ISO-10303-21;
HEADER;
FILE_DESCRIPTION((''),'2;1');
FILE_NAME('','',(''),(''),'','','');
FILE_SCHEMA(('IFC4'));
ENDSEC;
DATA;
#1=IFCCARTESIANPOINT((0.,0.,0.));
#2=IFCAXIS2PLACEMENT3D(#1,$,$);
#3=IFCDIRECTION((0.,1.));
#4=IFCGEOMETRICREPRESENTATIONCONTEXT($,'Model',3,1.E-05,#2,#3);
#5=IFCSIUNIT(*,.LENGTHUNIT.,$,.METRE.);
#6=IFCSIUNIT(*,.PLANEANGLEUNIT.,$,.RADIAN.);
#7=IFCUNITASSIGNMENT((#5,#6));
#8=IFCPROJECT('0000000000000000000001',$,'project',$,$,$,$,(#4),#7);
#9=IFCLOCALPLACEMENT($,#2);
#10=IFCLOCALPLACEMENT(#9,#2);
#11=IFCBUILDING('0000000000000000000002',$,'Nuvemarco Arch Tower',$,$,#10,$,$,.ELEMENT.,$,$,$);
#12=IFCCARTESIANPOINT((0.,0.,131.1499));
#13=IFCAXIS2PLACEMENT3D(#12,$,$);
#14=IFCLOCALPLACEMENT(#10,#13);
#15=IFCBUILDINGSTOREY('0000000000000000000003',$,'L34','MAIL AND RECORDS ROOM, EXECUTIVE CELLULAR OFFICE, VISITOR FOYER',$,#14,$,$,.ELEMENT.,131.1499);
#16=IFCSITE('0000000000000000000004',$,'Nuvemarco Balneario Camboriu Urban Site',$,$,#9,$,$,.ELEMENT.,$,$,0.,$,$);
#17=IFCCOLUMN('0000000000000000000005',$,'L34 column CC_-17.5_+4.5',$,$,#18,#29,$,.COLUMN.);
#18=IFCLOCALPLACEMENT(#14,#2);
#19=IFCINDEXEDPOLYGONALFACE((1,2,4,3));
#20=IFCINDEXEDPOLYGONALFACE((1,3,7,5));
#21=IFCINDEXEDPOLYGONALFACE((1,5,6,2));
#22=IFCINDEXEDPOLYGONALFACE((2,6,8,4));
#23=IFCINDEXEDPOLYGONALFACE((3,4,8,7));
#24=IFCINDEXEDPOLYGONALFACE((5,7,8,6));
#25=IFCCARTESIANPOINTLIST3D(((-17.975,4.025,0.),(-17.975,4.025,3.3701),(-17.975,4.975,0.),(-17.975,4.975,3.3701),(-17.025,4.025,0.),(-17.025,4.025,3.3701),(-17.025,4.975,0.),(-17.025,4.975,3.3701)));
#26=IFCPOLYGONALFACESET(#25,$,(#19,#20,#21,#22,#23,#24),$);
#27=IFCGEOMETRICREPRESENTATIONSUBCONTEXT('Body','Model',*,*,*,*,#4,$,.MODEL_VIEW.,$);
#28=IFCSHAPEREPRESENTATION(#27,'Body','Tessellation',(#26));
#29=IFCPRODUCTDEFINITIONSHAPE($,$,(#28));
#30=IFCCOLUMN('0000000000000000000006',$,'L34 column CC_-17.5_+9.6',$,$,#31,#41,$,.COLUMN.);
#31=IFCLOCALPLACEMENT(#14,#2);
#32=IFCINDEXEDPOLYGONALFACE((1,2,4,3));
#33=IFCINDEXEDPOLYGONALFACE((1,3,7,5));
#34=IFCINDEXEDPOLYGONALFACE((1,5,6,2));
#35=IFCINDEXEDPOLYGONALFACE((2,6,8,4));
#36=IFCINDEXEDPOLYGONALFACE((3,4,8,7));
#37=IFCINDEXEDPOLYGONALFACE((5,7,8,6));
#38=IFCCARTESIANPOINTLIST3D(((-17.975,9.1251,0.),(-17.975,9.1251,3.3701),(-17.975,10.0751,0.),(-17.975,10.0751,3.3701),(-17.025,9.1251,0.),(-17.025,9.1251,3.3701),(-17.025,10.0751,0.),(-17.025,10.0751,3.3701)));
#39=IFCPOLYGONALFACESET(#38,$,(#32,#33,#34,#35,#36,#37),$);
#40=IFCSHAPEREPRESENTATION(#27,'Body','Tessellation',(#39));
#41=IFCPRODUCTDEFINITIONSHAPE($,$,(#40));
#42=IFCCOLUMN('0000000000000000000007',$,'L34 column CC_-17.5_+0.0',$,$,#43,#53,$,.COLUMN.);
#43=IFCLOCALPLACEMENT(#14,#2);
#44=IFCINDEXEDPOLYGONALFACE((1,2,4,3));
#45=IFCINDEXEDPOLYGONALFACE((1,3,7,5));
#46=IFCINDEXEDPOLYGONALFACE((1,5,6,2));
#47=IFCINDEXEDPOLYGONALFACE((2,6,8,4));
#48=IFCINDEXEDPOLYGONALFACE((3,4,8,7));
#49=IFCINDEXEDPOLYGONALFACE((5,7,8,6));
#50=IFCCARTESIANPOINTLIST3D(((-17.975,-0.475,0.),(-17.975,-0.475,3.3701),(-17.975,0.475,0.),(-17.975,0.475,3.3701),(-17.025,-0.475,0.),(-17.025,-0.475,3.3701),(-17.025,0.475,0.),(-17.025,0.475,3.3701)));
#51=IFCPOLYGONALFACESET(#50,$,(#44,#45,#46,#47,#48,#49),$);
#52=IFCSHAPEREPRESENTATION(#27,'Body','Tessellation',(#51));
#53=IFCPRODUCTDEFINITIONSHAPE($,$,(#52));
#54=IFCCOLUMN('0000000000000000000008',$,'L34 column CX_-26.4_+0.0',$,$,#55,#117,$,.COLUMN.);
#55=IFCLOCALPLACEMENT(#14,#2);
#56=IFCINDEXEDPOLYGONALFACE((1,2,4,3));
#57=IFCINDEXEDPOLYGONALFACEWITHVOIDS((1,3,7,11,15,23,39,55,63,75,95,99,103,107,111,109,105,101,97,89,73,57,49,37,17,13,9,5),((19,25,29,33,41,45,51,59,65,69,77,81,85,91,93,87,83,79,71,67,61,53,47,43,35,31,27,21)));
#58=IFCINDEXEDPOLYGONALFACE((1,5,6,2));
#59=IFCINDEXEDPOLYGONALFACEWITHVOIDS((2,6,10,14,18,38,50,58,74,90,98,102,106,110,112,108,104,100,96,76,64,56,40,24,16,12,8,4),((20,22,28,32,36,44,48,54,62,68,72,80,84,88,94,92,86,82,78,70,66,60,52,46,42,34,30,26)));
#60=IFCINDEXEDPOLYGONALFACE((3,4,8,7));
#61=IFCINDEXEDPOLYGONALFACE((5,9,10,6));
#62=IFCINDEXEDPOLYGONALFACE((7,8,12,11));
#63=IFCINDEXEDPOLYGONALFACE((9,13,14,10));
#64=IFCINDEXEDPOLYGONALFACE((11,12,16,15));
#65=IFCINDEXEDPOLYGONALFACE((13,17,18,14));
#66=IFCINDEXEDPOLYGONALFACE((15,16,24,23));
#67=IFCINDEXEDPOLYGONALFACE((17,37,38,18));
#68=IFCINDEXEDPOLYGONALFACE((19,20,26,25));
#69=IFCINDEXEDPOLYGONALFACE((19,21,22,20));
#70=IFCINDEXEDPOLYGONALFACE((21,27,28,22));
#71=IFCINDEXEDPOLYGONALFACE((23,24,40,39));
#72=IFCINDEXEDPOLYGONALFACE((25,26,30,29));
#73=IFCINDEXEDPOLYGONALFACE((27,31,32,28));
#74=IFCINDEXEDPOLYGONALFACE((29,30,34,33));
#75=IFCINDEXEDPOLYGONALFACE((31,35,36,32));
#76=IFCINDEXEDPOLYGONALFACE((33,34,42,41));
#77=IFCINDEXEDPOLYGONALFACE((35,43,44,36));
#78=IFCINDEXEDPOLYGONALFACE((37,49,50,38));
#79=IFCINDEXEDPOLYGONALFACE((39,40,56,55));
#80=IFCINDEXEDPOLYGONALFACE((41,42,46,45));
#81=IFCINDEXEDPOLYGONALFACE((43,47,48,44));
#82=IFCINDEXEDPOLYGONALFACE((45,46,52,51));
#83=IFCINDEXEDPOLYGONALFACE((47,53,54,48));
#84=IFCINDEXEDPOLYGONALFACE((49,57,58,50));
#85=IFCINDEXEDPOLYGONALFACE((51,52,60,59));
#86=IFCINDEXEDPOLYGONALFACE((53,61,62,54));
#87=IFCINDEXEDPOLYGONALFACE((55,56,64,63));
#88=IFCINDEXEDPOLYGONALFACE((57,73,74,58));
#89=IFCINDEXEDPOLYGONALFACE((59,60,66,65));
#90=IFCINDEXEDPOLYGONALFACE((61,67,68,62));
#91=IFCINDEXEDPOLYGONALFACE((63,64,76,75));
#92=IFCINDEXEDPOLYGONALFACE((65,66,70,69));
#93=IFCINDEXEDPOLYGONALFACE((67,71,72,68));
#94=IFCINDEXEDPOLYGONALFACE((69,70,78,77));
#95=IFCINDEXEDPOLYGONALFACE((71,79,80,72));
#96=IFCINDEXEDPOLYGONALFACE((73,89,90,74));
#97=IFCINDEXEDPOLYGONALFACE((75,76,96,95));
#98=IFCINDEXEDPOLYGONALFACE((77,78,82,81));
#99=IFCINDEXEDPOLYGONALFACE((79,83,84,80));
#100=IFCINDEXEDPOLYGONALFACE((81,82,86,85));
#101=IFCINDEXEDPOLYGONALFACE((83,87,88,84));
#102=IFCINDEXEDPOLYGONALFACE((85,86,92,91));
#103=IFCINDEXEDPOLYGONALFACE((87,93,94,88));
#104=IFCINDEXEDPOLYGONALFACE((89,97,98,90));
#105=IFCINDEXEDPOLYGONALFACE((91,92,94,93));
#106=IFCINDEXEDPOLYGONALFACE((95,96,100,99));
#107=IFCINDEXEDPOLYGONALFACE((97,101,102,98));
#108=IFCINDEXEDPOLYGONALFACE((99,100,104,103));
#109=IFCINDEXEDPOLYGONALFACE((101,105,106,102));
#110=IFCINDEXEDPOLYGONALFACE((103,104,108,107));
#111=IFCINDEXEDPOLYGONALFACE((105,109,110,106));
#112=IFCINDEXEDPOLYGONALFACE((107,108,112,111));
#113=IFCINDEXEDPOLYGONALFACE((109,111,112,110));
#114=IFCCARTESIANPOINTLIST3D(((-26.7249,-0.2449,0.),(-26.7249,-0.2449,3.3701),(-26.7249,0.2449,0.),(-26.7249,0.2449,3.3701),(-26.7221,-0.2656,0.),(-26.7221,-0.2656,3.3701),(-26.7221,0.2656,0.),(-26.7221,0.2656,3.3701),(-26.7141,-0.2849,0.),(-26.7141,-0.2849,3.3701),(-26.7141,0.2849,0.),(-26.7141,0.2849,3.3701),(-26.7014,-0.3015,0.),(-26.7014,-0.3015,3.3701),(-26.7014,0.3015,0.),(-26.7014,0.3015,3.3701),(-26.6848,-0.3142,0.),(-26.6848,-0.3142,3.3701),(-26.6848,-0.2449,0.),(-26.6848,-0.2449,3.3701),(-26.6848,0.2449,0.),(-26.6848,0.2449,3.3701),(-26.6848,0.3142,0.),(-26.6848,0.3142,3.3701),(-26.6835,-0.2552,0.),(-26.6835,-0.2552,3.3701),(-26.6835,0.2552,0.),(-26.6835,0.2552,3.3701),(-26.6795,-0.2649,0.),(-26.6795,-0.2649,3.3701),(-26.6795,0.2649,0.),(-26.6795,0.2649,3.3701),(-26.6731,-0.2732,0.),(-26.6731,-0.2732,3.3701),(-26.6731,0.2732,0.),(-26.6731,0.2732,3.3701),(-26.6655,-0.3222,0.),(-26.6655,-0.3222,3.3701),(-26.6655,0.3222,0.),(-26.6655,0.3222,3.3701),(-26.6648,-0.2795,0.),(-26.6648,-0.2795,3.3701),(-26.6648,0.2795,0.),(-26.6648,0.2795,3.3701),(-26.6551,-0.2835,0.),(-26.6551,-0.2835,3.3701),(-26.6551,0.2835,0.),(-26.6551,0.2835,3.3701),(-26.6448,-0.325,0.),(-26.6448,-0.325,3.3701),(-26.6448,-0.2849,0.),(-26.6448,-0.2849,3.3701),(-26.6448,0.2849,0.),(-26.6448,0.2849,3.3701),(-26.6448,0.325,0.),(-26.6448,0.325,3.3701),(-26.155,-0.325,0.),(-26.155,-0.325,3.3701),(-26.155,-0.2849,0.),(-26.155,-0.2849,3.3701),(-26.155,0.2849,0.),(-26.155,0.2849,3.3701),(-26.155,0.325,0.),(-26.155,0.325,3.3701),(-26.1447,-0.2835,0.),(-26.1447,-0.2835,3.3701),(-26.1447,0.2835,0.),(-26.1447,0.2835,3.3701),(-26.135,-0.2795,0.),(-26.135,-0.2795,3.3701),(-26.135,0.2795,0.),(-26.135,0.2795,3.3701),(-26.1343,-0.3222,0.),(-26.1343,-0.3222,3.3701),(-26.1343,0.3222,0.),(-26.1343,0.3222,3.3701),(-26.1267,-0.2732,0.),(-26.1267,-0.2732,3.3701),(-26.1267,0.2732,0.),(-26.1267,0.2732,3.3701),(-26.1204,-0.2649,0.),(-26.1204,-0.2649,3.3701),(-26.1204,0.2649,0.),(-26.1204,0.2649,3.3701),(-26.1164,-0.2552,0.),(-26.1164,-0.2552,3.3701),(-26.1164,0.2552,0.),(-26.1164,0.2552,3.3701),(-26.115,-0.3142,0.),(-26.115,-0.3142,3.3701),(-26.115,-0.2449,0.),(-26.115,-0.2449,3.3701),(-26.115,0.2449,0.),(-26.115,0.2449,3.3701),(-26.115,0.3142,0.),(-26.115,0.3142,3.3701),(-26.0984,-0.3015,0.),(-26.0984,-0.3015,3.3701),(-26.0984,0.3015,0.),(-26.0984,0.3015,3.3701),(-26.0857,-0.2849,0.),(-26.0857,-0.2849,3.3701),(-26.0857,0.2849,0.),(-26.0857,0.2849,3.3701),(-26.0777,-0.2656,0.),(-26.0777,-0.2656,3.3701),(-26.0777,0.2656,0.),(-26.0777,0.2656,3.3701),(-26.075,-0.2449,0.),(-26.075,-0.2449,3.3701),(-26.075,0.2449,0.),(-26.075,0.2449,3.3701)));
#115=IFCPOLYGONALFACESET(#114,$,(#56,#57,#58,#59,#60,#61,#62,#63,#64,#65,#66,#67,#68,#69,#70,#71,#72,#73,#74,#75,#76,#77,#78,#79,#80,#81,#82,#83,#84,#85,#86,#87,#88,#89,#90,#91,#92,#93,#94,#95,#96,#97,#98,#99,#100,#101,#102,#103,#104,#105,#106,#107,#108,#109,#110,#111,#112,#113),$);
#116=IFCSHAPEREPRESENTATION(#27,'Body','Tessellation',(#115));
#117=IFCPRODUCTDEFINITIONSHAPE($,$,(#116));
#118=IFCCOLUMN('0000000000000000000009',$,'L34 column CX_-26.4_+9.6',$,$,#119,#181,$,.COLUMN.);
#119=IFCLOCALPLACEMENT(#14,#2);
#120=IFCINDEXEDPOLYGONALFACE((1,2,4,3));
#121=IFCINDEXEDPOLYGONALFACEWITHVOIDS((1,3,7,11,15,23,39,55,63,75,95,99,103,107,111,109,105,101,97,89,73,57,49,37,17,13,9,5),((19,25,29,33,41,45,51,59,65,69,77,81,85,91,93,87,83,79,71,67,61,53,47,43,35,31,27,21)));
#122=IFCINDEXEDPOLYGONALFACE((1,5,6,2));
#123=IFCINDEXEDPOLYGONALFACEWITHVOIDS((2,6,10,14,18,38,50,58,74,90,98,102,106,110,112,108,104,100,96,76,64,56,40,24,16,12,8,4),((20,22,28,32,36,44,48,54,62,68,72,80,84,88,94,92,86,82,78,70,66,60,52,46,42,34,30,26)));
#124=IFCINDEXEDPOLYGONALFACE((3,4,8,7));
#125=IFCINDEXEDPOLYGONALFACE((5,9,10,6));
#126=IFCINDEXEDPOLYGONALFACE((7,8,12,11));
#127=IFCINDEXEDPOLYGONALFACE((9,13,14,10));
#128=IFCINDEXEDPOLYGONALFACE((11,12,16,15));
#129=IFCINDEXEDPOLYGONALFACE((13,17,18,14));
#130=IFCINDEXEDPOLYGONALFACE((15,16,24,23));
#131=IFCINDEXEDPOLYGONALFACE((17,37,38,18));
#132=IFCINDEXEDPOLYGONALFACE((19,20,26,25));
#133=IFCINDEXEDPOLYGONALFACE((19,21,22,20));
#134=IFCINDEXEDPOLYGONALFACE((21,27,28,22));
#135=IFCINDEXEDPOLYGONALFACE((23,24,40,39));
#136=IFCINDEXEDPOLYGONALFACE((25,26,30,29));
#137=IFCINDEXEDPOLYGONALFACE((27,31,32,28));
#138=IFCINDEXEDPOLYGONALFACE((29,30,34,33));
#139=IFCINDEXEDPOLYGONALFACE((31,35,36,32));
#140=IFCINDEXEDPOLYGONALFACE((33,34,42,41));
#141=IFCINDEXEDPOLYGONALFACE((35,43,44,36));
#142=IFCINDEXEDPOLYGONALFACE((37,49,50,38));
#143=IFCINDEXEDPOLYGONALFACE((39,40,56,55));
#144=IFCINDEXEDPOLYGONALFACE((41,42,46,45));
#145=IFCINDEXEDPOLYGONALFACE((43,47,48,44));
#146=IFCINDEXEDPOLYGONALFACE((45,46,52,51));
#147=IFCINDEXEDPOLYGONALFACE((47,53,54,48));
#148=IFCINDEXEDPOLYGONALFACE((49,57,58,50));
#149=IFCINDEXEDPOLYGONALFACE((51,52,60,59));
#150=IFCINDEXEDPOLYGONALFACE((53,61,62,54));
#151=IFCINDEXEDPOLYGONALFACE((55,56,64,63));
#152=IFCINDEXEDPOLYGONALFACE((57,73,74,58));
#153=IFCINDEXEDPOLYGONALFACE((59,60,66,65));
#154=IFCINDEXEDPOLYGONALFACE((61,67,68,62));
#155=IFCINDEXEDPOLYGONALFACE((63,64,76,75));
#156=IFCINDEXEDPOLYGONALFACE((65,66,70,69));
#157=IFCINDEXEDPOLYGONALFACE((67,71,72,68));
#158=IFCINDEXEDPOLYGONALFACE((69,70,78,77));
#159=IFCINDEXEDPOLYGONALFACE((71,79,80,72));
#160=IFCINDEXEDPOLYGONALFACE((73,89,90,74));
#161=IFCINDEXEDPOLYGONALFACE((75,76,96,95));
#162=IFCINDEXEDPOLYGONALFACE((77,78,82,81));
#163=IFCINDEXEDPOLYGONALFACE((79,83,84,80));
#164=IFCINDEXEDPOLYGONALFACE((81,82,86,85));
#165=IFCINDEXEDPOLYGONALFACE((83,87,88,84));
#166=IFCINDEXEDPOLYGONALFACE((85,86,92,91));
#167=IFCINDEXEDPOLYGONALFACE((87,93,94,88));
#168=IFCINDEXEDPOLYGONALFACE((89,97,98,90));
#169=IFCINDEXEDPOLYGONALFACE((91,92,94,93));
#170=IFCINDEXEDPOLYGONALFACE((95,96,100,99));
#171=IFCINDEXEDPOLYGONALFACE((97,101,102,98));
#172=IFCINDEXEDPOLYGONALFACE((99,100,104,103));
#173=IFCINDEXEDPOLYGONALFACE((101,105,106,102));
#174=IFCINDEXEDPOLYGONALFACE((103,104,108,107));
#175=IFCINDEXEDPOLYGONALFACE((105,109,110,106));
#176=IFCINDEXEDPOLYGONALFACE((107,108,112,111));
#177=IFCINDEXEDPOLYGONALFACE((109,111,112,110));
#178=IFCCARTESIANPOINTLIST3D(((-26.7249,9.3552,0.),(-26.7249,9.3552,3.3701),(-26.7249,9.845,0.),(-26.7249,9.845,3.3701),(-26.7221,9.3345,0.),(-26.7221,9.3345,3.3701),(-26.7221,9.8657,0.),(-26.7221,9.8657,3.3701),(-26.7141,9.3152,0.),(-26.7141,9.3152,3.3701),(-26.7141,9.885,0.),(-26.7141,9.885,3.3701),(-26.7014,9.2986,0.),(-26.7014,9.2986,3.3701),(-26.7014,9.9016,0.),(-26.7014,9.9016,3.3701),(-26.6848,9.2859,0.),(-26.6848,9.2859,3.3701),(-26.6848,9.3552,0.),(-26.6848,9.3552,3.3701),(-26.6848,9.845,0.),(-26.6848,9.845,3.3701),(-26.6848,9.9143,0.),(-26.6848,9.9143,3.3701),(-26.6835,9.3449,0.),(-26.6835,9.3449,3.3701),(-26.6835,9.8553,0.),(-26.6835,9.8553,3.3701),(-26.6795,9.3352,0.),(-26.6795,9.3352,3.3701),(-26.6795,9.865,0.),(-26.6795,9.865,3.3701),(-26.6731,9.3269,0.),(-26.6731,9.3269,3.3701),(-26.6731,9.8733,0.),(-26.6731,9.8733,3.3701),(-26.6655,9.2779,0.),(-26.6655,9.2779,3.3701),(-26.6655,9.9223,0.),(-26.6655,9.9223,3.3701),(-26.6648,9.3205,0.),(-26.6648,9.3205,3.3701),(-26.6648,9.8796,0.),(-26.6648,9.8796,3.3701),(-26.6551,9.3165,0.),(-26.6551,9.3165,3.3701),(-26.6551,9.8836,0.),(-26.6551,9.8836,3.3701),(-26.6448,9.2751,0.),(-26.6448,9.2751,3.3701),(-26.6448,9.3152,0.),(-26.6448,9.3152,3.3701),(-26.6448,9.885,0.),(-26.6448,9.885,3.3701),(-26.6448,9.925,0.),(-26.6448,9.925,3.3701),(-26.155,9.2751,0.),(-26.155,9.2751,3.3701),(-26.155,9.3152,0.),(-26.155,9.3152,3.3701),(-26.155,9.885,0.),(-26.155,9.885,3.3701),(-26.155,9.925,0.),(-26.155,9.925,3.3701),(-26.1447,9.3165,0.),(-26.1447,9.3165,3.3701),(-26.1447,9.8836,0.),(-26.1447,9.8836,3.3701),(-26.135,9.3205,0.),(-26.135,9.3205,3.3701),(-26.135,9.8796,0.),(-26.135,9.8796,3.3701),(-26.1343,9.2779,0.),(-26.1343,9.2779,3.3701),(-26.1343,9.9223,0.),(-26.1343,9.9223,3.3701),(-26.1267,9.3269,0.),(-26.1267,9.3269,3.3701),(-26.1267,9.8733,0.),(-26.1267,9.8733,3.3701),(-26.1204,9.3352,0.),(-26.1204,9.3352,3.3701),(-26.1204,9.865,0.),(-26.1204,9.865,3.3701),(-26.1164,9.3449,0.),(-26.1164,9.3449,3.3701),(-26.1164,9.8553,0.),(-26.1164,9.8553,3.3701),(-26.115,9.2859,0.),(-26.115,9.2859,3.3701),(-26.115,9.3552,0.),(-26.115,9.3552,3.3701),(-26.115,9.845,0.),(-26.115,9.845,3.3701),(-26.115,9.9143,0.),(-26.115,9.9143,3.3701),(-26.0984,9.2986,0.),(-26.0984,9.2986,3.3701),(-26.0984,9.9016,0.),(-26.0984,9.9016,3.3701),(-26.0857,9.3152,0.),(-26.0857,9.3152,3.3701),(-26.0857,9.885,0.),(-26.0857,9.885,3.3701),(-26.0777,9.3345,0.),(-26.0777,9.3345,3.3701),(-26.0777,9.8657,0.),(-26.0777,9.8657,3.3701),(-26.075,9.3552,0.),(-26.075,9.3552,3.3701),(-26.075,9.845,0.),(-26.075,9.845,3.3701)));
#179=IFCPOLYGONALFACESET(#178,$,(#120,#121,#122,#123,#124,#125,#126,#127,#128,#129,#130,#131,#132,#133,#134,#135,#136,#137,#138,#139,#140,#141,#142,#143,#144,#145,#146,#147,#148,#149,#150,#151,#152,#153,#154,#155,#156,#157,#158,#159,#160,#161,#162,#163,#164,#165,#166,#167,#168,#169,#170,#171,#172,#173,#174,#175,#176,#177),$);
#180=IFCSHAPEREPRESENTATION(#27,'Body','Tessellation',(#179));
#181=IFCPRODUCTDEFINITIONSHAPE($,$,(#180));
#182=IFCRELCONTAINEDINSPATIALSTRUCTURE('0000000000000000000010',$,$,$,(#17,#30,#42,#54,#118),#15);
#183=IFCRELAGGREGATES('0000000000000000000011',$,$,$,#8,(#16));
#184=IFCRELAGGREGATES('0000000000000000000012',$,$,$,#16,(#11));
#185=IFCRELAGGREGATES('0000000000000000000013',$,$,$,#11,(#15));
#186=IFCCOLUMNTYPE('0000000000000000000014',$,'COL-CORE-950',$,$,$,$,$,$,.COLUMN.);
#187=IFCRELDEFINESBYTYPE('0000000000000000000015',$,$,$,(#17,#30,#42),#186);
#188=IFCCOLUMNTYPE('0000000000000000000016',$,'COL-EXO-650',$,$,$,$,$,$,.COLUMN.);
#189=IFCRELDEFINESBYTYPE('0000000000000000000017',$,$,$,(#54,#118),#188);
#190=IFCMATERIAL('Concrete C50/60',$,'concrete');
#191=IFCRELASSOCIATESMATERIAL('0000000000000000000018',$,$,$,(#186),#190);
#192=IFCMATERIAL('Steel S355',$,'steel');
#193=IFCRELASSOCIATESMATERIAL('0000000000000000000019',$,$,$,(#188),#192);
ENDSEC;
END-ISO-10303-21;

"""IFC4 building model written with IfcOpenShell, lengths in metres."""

from ifc_helpers import new_model, si_unit, direction, frame, origin, origin_2d, place, context, subcontext, project, spatial, rectangle, hollow_rectangle, extrude, material, material_profile, profile_set, type_object, element, save


model = new_model("IFC4")

# Units and contexts
model_context = context("Model", 3, precision=1e-05, world=origin(), true_north=direction((0.0, 1.0)))
body_context = subcontext(model_context, "Body", "Model", "MODEL_VIEW")
ifc_project = project(units=[si_unit("LENGTHUNIT", "METRE"), si_unit("PLANEANGLEUNIT", "RADIAN")], contexts=[model_context])

# Site, building, storey
site_placement = place(None, origin())
site = spatial("IfcSite", under=ifc_project, at=site_placement, Name="Nuvemarco Balneario Camboriu Urban Site", CompositionType="ELEMENT", RefElevation=0.0)
building_placement = place(site_placement, origin())
building = spatial("IfcBuilding", under=site, at=building_placement, Name="Nuvemarco Arch Tower", CompositionType="ELEMENT")
storey_placement = place(building_placement, frame((0.0, 0.0, 131.1499)))
storey = spatial("IfcBuildingStorey", under=building, at=storey_placement, Name="L34", Description="MAIL AND RECORDS ROOM, EXECUTIVE CELLULAR OFFICE, VISITOR FOYER", CompositionType="ELEMENT", Elevation=131.1499)

# Columns
ifc_material_1 = material(Name="Concrete C50/60", Category="concrete")
ifc_material_profile_1 = material_profile(ifc_material_1, rectangle(XDim=0.95, YDim=0.95, at=origin_2d()), Name="RC-COL-950x950")
ifc_profile_set_1 = profile_set([ifc_material_profile_1], Name="Concrete C50/60")
column_type_1 = type_object("IfcColumnType", Name="COL-CORE-950", PredefinedType="COLUMN", material=ifc_profile_set_1)
for number, where, z_axis, x_axis, name in (
    (1, (-17.5, 4.5, 0.0), (0.0, 0.0, 1.0), (1.0, 0.0, 0.0), "L34 column CC_-17.5_+4.5"),
    (2, (-17.5, 9.6001, 0.0), (0.0, 0.0, 1.0), (1.0, 0.0, 0.0), "L34 column CC_-17.5_+9.6"),
    (3, (-17.5, 0.0, 0.0), (0.0, 0.0, 1.0), (1.0, 0.0, 0.0), "L34 column CC_-17.5_+0.0"),
):
    element("IfcColumn", number, at=place(storey_placement, frame(where, z_axis=z_axis, x_axis=x_axis)), inside=storey, type_object=column_type_1, Name=name, PredefinedType="COLUMN", context=body_context, shape_type="SweptSolid", body=[
        extrude(rectangle(XDim=0.95, YDim=0.95, at=origin_2d()), origin(), (0.0, 0.0, 1.0), 3.3701),
    ])
ifc_material_2 = material(Name="Steel S355", Category="steel")
ifc_material_profile_2 = material_profile(ifc_material_2, hollow_rectangle(XDim=0.6499, YDim=0.6499, WallThickness=0.04, InnerFilletRadius=0.04, OuterFilletRadius=0.0801, at=origin_2d()), Name="SHS650x650x40")
ifc_profile_set_2 = profile_set([ifc_material_profile_2], Name="Steel S355")
column_type_2 = type_object("IfcColumnType", Name="COL-EXO-650", PredefinedType="COLUMN", material=ifc_profile_set_2)
for number, where, z_axis, x_axis, name in (
    (4, (-26.3999, 0.0, 0.0), (0.0, 0.0, 1.0), (1.0, 0.0, 0.0), "L34 column CX_-26.4_+0.0"),
    (5, (-26.3999, 9.6001, 0.0), (0.0, 0.0, 1.0), (1.0, 0.0, 0.0), "L34 column CX_-26.4_+9.6"),
):
    element("IfcColumn", number, at=place(storey_placement, frame(where, z_axis=z_axis, x_axis=x_axis)), inside=storey, type_object=column_type_2, Name=name, PredefinedType="COLUMN", context=body_context, shape_type="SweptSolid", body=[
        extrude(hollow_rectangle(XDim=0.6499, YDim=0.6499, WallThickness=0.04, InnerFilletRadius=0.04, OuterFilletRadius=0.0801, at=origin_2d()), origin(), (0.0, 0.0, 1.0), 3.3701),
    ])

save(model, "model.ifc")
